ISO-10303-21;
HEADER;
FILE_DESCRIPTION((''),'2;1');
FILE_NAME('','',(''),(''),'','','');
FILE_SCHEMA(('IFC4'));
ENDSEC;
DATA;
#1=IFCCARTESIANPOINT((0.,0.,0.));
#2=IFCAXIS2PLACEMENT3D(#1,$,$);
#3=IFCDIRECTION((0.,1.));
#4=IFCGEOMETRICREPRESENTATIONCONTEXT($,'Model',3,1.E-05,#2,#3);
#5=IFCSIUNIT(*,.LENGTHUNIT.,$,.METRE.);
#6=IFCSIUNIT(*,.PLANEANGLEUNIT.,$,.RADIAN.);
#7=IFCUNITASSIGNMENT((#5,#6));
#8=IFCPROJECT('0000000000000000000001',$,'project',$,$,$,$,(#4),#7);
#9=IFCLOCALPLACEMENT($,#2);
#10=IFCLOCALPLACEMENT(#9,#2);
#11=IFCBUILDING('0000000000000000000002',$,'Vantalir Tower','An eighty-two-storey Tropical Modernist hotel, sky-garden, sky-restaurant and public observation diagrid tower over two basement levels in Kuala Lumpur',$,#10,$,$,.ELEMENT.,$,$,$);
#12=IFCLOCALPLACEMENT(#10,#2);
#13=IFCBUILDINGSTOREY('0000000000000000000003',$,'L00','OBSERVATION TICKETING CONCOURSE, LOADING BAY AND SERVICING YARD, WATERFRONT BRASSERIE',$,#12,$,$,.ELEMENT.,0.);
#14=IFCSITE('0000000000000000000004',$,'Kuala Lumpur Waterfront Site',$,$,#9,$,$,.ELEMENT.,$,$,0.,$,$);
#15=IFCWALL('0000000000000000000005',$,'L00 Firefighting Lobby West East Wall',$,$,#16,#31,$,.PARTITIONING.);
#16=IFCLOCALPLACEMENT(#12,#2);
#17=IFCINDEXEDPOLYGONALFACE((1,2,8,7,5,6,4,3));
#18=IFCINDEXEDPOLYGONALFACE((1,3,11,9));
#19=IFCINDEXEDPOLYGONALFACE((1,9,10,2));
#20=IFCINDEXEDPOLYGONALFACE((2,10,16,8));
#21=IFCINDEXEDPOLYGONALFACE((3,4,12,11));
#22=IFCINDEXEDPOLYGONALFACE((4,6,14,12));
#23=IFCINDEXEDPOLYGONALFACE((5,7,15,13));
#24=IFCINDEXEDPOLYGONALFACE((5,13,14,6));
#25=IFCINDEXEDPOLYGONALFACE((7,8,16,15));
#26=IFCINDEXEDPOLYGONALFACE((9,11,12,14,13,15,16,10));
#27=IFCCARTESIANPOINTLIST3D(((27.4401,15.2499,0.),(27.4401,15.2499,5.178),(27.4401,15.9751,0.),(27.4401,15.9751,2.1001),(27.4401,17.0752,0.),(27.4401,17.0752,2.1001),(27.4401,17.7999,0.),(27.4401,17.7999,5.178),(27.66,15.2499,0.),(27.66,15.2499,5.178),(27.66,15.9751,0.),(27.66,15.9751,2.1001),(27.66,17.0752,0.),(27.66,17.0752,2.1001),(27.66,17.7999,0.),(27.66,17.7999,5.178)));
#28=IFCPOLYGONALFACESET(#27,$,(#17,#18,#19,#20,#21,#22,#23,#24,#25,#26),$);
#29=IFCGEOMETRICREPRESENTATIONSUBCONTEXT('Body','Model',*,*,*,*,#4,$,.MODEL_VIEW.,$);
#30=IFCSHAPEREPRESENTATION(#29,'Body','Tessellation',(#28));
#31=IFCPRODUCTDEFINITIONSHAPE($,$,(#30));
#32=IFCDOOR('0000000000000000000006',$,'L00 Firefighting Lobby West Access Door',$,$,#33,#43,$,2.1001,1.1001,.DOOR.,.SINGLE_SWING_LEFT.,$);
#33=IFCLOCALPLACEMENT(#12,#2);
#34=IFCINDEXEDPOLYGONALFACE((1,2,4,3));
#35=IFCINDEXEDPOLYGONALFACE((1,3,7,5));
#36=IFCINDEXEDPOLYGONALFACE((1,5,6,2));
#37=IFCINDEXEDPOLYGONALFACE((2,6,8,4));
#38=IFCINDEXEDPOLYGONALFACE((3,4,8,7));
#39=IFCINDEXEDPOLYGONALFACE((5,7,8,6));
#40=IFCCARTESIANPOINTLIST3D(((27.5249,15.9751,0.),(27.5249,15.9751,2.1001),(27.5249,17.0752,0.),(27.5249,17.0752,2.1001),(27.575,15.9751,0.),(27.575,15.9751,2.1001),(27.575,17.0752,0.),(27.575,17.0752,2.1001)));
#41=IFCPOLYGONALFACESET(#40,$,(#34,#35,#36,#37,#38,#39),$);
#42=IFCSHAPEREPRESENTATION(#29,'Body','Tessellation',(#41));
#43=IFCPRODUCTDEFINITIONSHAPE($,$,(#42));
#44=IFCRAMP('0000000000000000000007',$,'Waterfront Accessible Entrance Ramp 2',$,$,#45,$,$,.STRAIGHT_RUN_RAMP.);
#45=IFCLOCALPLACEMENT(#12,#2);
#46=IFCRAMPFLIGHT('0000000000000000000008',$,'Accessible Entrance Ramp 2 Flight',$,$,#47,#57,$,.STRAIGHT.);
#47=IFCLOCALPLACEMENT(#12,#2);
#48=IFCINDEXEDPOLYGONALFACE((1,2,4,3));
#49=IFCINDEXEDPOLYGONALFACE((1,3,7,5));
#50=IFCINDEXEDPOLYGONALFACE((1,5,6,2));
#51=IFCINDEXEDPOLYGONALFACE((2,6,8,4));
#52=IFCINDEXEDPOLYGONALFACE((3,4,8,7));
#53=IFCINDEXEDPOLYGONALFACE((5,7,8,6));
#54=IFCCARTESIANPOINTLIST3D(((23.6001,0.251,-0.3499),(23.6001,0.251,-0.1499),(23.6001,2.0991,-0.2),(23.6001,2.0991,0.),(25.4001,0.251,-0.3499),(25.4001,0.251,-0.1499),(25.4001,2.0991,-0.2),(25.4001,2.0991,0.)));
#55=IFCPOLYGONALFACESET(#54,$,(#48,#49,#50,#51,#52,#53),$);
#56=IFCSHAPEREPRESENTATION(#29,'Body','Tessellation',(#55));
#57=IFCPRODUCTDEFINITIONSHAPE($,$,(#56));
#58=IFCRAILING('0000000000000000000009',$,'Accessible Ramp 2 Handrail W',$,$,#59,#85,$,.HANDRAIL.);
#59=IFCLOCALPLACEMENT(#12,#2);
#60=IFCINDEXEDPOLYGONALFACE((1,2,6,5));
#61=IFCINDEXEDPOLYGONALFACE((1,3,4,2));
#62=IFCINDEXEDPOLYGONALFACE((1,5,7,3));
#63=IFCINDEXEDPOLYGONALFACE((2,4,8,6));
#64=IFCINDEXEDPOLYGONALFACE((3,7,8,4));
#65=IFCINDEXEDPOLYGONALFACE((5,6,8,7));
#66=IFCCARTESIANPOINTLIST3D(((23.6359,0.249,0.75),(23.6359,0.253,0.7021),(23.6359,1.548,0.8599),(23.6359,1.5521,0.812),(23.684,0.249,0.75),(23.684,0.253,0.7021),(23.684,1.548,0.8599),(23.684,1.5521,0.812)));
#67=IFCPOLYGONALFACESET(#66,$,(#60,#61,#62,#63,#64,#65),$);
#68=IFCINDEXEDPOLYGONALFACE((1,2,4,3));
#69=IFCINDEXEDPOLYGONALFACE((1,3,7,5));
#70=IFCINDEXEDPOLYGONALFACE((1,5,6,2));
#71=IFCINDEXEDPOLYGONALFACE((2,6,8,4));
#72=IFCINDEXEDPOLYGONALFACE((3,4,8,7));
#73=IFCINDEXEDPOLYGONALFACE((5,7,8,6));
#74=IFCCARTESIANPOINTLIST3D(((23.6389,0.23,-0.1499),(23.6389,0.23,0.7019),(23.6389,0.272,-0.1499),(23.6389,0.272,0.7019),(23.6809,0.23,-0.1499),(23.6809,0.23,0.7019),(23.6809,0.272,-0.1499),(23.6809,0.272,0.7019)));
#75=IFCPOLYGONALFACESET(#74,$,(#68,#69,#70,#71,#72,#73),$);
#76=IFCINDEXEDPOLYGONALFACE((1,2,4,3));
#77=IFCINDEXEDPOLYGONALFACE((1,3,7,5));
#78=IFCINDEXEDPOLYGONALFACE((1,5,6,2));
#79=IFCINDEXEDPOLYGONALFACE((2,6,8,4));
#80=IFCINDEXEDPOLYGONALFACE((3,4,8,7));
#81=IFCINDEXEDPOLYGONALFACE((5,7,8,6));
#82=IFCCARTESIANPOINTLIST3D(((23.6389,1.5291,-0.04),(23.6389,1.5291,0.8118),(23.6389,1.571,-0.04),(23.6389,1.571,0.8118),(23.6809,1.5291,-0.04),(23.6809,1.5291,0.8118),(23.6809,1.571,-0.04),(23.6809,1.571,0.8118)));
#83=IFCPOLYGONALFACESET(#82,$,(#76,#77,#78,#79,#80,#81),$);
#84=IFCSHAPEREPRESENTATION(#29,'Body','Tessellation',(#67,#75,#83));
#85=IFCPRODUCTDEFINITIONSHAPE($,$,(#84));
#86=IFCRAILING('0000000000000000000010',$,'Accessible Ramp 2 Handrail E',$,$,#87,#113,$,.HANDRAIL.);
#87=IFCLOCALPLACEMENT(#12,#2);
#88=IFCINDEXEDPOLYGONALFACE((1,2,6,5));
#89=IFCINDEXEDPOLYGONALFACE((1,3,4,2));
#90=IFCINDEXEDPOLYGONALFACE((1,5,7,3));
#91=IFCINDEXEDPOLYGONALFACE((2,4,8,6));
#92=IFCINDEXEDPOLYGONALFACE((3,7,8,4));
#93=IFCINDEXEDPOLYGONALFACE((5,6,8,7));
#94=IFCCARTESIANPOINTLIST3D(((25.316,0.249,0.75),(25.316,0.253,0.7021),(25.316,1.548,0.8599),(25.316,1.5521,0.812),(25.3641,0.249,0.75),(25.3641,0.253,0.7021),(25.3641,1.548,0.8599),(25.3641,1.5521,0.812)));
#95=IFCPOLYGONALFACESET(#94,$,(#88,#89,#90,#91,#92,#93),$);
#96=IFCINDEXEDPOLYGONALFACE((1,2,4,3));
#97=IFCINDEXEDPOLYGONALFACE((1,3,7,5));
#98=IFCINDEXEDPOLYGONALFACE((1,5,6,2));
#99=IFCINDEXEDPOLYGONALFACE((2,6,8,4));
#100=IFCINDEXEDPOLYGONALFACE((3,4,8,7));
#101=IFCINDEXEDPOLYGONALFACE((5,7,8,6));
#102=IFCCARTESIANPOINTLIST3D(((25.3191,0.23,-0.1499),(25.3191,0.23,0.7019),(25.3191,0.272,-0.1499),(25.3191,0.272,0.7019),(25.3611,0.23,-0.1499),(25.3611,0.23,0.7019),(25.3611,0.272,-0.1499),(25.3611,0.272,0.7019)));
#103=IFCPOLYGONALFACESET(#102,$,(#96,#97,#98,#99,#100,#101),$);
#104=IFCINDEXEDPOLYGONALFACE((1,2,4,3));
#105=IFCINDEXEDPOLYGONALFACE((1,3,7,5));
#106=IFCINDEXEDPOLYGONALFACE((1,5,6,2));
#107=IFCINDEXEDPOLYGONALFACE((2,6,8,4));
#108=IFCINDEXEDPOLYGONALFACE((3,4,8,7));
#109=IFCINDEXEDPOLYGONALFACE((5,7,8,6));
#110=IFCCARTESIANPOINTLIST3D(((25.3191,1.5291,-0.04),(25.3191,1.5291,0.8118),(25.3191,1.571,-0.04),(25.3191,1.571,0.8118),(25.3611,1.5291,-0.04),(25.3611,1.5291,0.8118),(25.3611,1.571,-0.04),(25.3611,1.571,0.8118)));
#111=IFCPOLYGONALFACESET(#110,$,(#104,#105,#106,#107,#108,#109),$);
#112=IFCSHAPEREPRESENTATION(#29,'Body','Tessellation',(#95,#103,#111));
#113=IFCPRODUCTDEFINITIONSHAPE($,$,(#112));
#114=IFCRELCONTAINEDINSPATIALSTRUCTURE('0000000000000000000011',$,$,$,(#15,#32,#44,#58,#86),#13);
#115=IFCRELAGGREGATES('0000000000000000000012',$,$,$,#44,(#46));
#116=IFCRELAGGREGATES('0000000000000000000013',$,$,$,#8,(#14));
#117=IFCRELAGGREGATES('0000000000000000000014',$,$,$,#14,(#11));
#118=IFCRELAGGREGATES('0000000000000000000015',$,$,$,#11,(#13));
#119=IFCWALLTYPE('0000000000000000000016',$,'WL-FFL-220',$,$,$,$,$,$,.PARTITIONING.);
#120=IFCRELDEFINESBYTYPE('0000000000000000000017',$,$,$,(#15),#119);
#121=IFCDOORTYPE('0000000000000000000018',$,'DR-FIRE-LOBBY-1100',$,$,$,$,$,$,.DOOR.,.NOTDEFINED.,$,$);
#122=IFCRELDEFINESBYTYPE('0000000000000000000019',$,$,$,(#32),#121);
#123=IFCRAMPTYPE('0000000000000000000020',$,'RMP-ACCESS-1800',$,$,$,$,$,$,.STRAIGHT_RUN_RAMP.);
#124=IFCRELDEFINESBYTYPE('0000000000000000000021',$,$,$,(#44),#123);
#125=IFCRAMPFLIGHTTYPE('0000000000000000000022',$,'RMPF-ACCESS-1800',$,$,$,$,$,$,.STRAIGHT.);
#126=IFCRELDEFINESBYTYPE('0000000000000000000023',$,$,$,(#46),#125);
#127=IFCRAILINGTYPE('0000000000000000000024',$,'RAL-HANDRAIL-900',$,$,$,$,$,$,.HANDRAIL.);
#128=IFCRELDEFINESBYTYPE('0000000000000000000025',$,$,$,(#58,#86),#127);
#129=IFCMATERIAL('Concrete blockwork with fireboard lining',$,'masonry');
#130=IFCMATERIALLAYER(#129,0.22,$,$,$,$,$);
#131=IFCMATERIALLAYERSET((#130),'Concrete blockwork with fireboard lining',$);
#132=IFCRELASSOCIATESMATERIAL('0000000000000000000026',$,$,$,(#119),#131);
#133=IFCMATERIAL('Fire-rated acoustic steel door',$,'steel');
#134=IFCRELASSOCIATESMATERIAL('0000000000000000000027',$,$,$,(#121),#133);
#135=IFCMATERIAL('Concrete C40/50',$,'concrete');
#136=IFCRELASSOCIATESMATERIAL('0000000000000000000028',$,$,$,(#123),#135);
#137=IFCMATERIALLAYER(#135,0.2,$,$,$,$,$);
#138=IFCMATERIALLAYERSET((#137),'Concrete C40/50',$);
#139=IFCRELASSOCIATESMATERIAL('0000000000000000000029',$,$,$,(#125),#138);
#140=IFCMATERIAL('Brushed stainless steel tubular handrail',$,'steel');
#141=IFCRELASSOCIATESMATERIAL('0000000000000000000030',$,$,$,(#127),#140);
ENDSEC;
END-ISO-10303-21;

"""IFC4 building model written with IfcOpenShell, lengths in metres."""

from ifc_helpers import new_model, si_unit, direction, frame, frame_2d, origin, origin_2d, place, context, subcontext, project, spatial, polyline, rectangle, outline, extrude, material, layer, layer_set, type_object, element, fill, aggregate, save


model = new_model("IFC4")

# Units and contexts
model_context = context("Model", 3, precision=1e-05, world=origin(), true_north=direction((0.0, 1.0)))
body_context = subcontext(model_context, "Body", "Model", "MODEL_VIEW")
ifc_project = project(units=[si_unit("LENGTHUNIT", "METRE"), si_unit("PLANEANGLEUNIT", "RADIAN")], contexts=[model_context])

# Site, building, storey
site_placement = place(None, origin())
site = spatial("IfcSite", under=ifc_project, at=site_placement, Name="Kuala Lumpur Waterfront Site", CompositionType="ELEMENT", RefElevation=0.0)
building_placement = place(site_placement, origin())
building = spatial("IfcBuilding", under=site, at=building_placement, Name="Vantalir Tower", Description="An eighty-two-storey Tropical Modernist hotel, sky-garden, sky-restaurant and public observation diagrid tower over two basement levels in Kuala Lumpur", CompositionType="ELEMENT")
storey_placement = place(building_placement, origin())
storey = spatial("IfcBuildingStorey", under=building, at=storey_placement, Name="L00", Description="OBSERVATION TICKETING CONCOURSE, LOADING BAY AND SERVICING YARD, WATERFRONT BRASSERIE", CompositionType="ELEMENT", Elevation=0.0)

# Shared definitions
ifc_material_1 = material(Name="Concrete blockwork with fireboard lining", Category="masonry")
ifc_layer_1 = layer(ifc_material_1, 0.22)
ifc_layer_set_1 = layer_set([ifc_layer_1], Name="Concrete blockwork with fireboard lining")
wall_type = type_object("IfcWallType", Name="WL-FFL-220", PredefinedType="PARTITIONING", material=ifc_layer_set_1)

# Wall, opening, door
wall_1_placement = place(storey_placement, frame((27.55, 15.25, 0.0), z_axis=(0.0, 0.0, 1.0), x_axis=(0.0, 1.0, 0.0)))
wall_1 = element("IfcWall", 1, at=wall_1_placement, inside=storey, type_object=wall_type, Name="L00 Firefighting Lobby West East Wall", PredefinedType="PARTITIONING", context=body_context, shape_type="SweptSolid", body=[
    extrude(rectangle(XDim=2.55, YDim=0.22, at=frame_2d((1.2749, 0.0))), origin(), (0.0, 0.0, 1.0), 5.178),
])
opening_placement = place(wall_1_placement, frame((0.7251, 0.0, 0.0)))
opening = element("IfcOpeningElement", 2, at=opening_placement, cuts=wall_1, PredefinedType="OPENING", context=body_context, shape_type="SweptSolid", body=[
    extrude(rectangle(XDim=1.1001, YDim=2.1001, at=frame_2d((0.55, 1.05))), frame((0.0, 0.1199, 0.0), z_axis=(0.0, -1.0, 0.0), x_axis=(1.0, 0.0, 0.0)), (0.0, 0.0, 1.0), 0.24),
])
ifc_material_2 = material(Name="Fire-rated acoustic steel door", Category="steel")
door_type = type_object("IfcDoorType", Name="DR-FIRE-LOBBY-1100", OperationType="NOTDEFINED", PredefinedType="DOOR", material=ifc_material_2)
door_placement = place(opening_placement, frame((1.1001, 0.0, 0.0), z_axis=(0.0, 0.0, 1.0), x_axis=(-1.0, 0.0, 0.0)))
door = element("IfcDoor", 3, at=door_placement, inside=storey, type_object=door_type, Name="L00 Firefighting Lobby West Access Door", OperationType="SINGLE_SWING_LEFT", OverallHeight=2.1001, OverallWidth=1.1001, PredefinedType="DOOR", context=body_context, shape_type="SweptSolid", body=[
    extrude(rectangle(XDim=1.1001, YDim=2.1001, at=frame_2d((0.55, 1.05))), frame((0.0, 0.0249, 0.0), z_axis=(0.0, -1.0, 0.0), x_axis=(1.0, 0.0, 0.0)), (0.0, 0.0, 1.0), 0.05),
])
fill(opening, door)

# Ramp, ramp flight
ifc_material_3 = material(Name="Concrete C40/50", Category="concrete")
ramp_type = type_object("IfcRampType", Name="RMP-ACCESS-1800", PredefinedType="STRAIGHT_RUN_RAMP", material=ifc_material_3)
ramp_placement = place(storey_placement, origin())
ramp = element("IfcRamp", 4, at=ramp_placement, inside=storey, type_object=ramp_type, Name="Waterfront Accessible Entrance Ramp 2", PredefinedType="STRAIGHT_RUN_RAMP")
ifc_layer_2 = layer(ifc_material_3, 0.2)
ifc_layer_set_2 = layer_set([ifc_layer_2], Name="Concrete C40/50")
ramp_flight_type = type_object("IfcRampFlightType", Name="RMPF-ACCESS-1800", PredefinedType="STRAIGHT", material=ifc_layer_set_2)
ramp_flight_placement = place(storey_placement, frame((24.5, 0.251, -0.1499), z_axis=(0.0, 0.0, 1.0), x_axis=(0.0, 1.0, 0.0)))
ramp_flight = element("IfcRampFlight", 5, at=ramp_flight_placement, type_object=ramp_flight_type, Name="Accessible Entrance Ramp 2 Flight", PredefinedType="STRAIGHT", context=body_context, shape_type="SweptSolid", body=[
    extrude(outline(polyline([(0.0, -0.2), (0.0, 0.0), (1.8481, 0.1499), (1.8481, -0.05), (0.0, -0.2)])), frame((0.0, 0.8999, 0.0), z_axis=(0.0, -1.0, 0.0), x_axis=(1.0, 0.0, 0.0)), (0.0, 0.0, 1.0), 1.8),
])
aggregate(ramp, [ramp_flight])

# Railings
ifc_material_4 = material(Name="Brushed stainless steel tubular handrail", Category="steel")
railing_type = type_object("IfcRailingType", Name="RAL-HANDRAIL-900", PredefinedType="HANDRAIL", material=ifc_material_4)
for number, where, name in (
    (6, (23.6599, 0.251, -0.1499), "Accessible Ramp 2 Handrail W"),
    (7, (25.3401, 0.251, -0.1499), "Accessible Ramp 2 Handrail E"),
):
    element("IfcRailing", number, at=place(storey_placement, frame(where)), inside=storey, type_object=railing_type, Name=name, PredefinedType="HANDRAIL", context=body_context, shape_type="SweptSolid", body=[
        extrude(rectangle(XDim=0.0481, YDim=0.0481, at=origin_2d()), frame((0.0, 0.0, 0.876), z_axis=(0.0, 0.996443, 0.08427), x_axis=(-1.0, 0.0, 0.0)), (0.0, 0.0, 1.0), 1.3037),
        extrude(rectangle(XDim=0.042, YDim=0.042, at=origin_2d()), origin(), (0.0, 0.0, 1.0), 0.8518),
        extrude(rectangle(XDim=0.042, YDim=0.042, at=origin_2d()), frame((0.0, 1.2991, 0.1099)), (0.0, 0.0, 1.0), 0.8518),
    ])

save(model, "model.ifc")
